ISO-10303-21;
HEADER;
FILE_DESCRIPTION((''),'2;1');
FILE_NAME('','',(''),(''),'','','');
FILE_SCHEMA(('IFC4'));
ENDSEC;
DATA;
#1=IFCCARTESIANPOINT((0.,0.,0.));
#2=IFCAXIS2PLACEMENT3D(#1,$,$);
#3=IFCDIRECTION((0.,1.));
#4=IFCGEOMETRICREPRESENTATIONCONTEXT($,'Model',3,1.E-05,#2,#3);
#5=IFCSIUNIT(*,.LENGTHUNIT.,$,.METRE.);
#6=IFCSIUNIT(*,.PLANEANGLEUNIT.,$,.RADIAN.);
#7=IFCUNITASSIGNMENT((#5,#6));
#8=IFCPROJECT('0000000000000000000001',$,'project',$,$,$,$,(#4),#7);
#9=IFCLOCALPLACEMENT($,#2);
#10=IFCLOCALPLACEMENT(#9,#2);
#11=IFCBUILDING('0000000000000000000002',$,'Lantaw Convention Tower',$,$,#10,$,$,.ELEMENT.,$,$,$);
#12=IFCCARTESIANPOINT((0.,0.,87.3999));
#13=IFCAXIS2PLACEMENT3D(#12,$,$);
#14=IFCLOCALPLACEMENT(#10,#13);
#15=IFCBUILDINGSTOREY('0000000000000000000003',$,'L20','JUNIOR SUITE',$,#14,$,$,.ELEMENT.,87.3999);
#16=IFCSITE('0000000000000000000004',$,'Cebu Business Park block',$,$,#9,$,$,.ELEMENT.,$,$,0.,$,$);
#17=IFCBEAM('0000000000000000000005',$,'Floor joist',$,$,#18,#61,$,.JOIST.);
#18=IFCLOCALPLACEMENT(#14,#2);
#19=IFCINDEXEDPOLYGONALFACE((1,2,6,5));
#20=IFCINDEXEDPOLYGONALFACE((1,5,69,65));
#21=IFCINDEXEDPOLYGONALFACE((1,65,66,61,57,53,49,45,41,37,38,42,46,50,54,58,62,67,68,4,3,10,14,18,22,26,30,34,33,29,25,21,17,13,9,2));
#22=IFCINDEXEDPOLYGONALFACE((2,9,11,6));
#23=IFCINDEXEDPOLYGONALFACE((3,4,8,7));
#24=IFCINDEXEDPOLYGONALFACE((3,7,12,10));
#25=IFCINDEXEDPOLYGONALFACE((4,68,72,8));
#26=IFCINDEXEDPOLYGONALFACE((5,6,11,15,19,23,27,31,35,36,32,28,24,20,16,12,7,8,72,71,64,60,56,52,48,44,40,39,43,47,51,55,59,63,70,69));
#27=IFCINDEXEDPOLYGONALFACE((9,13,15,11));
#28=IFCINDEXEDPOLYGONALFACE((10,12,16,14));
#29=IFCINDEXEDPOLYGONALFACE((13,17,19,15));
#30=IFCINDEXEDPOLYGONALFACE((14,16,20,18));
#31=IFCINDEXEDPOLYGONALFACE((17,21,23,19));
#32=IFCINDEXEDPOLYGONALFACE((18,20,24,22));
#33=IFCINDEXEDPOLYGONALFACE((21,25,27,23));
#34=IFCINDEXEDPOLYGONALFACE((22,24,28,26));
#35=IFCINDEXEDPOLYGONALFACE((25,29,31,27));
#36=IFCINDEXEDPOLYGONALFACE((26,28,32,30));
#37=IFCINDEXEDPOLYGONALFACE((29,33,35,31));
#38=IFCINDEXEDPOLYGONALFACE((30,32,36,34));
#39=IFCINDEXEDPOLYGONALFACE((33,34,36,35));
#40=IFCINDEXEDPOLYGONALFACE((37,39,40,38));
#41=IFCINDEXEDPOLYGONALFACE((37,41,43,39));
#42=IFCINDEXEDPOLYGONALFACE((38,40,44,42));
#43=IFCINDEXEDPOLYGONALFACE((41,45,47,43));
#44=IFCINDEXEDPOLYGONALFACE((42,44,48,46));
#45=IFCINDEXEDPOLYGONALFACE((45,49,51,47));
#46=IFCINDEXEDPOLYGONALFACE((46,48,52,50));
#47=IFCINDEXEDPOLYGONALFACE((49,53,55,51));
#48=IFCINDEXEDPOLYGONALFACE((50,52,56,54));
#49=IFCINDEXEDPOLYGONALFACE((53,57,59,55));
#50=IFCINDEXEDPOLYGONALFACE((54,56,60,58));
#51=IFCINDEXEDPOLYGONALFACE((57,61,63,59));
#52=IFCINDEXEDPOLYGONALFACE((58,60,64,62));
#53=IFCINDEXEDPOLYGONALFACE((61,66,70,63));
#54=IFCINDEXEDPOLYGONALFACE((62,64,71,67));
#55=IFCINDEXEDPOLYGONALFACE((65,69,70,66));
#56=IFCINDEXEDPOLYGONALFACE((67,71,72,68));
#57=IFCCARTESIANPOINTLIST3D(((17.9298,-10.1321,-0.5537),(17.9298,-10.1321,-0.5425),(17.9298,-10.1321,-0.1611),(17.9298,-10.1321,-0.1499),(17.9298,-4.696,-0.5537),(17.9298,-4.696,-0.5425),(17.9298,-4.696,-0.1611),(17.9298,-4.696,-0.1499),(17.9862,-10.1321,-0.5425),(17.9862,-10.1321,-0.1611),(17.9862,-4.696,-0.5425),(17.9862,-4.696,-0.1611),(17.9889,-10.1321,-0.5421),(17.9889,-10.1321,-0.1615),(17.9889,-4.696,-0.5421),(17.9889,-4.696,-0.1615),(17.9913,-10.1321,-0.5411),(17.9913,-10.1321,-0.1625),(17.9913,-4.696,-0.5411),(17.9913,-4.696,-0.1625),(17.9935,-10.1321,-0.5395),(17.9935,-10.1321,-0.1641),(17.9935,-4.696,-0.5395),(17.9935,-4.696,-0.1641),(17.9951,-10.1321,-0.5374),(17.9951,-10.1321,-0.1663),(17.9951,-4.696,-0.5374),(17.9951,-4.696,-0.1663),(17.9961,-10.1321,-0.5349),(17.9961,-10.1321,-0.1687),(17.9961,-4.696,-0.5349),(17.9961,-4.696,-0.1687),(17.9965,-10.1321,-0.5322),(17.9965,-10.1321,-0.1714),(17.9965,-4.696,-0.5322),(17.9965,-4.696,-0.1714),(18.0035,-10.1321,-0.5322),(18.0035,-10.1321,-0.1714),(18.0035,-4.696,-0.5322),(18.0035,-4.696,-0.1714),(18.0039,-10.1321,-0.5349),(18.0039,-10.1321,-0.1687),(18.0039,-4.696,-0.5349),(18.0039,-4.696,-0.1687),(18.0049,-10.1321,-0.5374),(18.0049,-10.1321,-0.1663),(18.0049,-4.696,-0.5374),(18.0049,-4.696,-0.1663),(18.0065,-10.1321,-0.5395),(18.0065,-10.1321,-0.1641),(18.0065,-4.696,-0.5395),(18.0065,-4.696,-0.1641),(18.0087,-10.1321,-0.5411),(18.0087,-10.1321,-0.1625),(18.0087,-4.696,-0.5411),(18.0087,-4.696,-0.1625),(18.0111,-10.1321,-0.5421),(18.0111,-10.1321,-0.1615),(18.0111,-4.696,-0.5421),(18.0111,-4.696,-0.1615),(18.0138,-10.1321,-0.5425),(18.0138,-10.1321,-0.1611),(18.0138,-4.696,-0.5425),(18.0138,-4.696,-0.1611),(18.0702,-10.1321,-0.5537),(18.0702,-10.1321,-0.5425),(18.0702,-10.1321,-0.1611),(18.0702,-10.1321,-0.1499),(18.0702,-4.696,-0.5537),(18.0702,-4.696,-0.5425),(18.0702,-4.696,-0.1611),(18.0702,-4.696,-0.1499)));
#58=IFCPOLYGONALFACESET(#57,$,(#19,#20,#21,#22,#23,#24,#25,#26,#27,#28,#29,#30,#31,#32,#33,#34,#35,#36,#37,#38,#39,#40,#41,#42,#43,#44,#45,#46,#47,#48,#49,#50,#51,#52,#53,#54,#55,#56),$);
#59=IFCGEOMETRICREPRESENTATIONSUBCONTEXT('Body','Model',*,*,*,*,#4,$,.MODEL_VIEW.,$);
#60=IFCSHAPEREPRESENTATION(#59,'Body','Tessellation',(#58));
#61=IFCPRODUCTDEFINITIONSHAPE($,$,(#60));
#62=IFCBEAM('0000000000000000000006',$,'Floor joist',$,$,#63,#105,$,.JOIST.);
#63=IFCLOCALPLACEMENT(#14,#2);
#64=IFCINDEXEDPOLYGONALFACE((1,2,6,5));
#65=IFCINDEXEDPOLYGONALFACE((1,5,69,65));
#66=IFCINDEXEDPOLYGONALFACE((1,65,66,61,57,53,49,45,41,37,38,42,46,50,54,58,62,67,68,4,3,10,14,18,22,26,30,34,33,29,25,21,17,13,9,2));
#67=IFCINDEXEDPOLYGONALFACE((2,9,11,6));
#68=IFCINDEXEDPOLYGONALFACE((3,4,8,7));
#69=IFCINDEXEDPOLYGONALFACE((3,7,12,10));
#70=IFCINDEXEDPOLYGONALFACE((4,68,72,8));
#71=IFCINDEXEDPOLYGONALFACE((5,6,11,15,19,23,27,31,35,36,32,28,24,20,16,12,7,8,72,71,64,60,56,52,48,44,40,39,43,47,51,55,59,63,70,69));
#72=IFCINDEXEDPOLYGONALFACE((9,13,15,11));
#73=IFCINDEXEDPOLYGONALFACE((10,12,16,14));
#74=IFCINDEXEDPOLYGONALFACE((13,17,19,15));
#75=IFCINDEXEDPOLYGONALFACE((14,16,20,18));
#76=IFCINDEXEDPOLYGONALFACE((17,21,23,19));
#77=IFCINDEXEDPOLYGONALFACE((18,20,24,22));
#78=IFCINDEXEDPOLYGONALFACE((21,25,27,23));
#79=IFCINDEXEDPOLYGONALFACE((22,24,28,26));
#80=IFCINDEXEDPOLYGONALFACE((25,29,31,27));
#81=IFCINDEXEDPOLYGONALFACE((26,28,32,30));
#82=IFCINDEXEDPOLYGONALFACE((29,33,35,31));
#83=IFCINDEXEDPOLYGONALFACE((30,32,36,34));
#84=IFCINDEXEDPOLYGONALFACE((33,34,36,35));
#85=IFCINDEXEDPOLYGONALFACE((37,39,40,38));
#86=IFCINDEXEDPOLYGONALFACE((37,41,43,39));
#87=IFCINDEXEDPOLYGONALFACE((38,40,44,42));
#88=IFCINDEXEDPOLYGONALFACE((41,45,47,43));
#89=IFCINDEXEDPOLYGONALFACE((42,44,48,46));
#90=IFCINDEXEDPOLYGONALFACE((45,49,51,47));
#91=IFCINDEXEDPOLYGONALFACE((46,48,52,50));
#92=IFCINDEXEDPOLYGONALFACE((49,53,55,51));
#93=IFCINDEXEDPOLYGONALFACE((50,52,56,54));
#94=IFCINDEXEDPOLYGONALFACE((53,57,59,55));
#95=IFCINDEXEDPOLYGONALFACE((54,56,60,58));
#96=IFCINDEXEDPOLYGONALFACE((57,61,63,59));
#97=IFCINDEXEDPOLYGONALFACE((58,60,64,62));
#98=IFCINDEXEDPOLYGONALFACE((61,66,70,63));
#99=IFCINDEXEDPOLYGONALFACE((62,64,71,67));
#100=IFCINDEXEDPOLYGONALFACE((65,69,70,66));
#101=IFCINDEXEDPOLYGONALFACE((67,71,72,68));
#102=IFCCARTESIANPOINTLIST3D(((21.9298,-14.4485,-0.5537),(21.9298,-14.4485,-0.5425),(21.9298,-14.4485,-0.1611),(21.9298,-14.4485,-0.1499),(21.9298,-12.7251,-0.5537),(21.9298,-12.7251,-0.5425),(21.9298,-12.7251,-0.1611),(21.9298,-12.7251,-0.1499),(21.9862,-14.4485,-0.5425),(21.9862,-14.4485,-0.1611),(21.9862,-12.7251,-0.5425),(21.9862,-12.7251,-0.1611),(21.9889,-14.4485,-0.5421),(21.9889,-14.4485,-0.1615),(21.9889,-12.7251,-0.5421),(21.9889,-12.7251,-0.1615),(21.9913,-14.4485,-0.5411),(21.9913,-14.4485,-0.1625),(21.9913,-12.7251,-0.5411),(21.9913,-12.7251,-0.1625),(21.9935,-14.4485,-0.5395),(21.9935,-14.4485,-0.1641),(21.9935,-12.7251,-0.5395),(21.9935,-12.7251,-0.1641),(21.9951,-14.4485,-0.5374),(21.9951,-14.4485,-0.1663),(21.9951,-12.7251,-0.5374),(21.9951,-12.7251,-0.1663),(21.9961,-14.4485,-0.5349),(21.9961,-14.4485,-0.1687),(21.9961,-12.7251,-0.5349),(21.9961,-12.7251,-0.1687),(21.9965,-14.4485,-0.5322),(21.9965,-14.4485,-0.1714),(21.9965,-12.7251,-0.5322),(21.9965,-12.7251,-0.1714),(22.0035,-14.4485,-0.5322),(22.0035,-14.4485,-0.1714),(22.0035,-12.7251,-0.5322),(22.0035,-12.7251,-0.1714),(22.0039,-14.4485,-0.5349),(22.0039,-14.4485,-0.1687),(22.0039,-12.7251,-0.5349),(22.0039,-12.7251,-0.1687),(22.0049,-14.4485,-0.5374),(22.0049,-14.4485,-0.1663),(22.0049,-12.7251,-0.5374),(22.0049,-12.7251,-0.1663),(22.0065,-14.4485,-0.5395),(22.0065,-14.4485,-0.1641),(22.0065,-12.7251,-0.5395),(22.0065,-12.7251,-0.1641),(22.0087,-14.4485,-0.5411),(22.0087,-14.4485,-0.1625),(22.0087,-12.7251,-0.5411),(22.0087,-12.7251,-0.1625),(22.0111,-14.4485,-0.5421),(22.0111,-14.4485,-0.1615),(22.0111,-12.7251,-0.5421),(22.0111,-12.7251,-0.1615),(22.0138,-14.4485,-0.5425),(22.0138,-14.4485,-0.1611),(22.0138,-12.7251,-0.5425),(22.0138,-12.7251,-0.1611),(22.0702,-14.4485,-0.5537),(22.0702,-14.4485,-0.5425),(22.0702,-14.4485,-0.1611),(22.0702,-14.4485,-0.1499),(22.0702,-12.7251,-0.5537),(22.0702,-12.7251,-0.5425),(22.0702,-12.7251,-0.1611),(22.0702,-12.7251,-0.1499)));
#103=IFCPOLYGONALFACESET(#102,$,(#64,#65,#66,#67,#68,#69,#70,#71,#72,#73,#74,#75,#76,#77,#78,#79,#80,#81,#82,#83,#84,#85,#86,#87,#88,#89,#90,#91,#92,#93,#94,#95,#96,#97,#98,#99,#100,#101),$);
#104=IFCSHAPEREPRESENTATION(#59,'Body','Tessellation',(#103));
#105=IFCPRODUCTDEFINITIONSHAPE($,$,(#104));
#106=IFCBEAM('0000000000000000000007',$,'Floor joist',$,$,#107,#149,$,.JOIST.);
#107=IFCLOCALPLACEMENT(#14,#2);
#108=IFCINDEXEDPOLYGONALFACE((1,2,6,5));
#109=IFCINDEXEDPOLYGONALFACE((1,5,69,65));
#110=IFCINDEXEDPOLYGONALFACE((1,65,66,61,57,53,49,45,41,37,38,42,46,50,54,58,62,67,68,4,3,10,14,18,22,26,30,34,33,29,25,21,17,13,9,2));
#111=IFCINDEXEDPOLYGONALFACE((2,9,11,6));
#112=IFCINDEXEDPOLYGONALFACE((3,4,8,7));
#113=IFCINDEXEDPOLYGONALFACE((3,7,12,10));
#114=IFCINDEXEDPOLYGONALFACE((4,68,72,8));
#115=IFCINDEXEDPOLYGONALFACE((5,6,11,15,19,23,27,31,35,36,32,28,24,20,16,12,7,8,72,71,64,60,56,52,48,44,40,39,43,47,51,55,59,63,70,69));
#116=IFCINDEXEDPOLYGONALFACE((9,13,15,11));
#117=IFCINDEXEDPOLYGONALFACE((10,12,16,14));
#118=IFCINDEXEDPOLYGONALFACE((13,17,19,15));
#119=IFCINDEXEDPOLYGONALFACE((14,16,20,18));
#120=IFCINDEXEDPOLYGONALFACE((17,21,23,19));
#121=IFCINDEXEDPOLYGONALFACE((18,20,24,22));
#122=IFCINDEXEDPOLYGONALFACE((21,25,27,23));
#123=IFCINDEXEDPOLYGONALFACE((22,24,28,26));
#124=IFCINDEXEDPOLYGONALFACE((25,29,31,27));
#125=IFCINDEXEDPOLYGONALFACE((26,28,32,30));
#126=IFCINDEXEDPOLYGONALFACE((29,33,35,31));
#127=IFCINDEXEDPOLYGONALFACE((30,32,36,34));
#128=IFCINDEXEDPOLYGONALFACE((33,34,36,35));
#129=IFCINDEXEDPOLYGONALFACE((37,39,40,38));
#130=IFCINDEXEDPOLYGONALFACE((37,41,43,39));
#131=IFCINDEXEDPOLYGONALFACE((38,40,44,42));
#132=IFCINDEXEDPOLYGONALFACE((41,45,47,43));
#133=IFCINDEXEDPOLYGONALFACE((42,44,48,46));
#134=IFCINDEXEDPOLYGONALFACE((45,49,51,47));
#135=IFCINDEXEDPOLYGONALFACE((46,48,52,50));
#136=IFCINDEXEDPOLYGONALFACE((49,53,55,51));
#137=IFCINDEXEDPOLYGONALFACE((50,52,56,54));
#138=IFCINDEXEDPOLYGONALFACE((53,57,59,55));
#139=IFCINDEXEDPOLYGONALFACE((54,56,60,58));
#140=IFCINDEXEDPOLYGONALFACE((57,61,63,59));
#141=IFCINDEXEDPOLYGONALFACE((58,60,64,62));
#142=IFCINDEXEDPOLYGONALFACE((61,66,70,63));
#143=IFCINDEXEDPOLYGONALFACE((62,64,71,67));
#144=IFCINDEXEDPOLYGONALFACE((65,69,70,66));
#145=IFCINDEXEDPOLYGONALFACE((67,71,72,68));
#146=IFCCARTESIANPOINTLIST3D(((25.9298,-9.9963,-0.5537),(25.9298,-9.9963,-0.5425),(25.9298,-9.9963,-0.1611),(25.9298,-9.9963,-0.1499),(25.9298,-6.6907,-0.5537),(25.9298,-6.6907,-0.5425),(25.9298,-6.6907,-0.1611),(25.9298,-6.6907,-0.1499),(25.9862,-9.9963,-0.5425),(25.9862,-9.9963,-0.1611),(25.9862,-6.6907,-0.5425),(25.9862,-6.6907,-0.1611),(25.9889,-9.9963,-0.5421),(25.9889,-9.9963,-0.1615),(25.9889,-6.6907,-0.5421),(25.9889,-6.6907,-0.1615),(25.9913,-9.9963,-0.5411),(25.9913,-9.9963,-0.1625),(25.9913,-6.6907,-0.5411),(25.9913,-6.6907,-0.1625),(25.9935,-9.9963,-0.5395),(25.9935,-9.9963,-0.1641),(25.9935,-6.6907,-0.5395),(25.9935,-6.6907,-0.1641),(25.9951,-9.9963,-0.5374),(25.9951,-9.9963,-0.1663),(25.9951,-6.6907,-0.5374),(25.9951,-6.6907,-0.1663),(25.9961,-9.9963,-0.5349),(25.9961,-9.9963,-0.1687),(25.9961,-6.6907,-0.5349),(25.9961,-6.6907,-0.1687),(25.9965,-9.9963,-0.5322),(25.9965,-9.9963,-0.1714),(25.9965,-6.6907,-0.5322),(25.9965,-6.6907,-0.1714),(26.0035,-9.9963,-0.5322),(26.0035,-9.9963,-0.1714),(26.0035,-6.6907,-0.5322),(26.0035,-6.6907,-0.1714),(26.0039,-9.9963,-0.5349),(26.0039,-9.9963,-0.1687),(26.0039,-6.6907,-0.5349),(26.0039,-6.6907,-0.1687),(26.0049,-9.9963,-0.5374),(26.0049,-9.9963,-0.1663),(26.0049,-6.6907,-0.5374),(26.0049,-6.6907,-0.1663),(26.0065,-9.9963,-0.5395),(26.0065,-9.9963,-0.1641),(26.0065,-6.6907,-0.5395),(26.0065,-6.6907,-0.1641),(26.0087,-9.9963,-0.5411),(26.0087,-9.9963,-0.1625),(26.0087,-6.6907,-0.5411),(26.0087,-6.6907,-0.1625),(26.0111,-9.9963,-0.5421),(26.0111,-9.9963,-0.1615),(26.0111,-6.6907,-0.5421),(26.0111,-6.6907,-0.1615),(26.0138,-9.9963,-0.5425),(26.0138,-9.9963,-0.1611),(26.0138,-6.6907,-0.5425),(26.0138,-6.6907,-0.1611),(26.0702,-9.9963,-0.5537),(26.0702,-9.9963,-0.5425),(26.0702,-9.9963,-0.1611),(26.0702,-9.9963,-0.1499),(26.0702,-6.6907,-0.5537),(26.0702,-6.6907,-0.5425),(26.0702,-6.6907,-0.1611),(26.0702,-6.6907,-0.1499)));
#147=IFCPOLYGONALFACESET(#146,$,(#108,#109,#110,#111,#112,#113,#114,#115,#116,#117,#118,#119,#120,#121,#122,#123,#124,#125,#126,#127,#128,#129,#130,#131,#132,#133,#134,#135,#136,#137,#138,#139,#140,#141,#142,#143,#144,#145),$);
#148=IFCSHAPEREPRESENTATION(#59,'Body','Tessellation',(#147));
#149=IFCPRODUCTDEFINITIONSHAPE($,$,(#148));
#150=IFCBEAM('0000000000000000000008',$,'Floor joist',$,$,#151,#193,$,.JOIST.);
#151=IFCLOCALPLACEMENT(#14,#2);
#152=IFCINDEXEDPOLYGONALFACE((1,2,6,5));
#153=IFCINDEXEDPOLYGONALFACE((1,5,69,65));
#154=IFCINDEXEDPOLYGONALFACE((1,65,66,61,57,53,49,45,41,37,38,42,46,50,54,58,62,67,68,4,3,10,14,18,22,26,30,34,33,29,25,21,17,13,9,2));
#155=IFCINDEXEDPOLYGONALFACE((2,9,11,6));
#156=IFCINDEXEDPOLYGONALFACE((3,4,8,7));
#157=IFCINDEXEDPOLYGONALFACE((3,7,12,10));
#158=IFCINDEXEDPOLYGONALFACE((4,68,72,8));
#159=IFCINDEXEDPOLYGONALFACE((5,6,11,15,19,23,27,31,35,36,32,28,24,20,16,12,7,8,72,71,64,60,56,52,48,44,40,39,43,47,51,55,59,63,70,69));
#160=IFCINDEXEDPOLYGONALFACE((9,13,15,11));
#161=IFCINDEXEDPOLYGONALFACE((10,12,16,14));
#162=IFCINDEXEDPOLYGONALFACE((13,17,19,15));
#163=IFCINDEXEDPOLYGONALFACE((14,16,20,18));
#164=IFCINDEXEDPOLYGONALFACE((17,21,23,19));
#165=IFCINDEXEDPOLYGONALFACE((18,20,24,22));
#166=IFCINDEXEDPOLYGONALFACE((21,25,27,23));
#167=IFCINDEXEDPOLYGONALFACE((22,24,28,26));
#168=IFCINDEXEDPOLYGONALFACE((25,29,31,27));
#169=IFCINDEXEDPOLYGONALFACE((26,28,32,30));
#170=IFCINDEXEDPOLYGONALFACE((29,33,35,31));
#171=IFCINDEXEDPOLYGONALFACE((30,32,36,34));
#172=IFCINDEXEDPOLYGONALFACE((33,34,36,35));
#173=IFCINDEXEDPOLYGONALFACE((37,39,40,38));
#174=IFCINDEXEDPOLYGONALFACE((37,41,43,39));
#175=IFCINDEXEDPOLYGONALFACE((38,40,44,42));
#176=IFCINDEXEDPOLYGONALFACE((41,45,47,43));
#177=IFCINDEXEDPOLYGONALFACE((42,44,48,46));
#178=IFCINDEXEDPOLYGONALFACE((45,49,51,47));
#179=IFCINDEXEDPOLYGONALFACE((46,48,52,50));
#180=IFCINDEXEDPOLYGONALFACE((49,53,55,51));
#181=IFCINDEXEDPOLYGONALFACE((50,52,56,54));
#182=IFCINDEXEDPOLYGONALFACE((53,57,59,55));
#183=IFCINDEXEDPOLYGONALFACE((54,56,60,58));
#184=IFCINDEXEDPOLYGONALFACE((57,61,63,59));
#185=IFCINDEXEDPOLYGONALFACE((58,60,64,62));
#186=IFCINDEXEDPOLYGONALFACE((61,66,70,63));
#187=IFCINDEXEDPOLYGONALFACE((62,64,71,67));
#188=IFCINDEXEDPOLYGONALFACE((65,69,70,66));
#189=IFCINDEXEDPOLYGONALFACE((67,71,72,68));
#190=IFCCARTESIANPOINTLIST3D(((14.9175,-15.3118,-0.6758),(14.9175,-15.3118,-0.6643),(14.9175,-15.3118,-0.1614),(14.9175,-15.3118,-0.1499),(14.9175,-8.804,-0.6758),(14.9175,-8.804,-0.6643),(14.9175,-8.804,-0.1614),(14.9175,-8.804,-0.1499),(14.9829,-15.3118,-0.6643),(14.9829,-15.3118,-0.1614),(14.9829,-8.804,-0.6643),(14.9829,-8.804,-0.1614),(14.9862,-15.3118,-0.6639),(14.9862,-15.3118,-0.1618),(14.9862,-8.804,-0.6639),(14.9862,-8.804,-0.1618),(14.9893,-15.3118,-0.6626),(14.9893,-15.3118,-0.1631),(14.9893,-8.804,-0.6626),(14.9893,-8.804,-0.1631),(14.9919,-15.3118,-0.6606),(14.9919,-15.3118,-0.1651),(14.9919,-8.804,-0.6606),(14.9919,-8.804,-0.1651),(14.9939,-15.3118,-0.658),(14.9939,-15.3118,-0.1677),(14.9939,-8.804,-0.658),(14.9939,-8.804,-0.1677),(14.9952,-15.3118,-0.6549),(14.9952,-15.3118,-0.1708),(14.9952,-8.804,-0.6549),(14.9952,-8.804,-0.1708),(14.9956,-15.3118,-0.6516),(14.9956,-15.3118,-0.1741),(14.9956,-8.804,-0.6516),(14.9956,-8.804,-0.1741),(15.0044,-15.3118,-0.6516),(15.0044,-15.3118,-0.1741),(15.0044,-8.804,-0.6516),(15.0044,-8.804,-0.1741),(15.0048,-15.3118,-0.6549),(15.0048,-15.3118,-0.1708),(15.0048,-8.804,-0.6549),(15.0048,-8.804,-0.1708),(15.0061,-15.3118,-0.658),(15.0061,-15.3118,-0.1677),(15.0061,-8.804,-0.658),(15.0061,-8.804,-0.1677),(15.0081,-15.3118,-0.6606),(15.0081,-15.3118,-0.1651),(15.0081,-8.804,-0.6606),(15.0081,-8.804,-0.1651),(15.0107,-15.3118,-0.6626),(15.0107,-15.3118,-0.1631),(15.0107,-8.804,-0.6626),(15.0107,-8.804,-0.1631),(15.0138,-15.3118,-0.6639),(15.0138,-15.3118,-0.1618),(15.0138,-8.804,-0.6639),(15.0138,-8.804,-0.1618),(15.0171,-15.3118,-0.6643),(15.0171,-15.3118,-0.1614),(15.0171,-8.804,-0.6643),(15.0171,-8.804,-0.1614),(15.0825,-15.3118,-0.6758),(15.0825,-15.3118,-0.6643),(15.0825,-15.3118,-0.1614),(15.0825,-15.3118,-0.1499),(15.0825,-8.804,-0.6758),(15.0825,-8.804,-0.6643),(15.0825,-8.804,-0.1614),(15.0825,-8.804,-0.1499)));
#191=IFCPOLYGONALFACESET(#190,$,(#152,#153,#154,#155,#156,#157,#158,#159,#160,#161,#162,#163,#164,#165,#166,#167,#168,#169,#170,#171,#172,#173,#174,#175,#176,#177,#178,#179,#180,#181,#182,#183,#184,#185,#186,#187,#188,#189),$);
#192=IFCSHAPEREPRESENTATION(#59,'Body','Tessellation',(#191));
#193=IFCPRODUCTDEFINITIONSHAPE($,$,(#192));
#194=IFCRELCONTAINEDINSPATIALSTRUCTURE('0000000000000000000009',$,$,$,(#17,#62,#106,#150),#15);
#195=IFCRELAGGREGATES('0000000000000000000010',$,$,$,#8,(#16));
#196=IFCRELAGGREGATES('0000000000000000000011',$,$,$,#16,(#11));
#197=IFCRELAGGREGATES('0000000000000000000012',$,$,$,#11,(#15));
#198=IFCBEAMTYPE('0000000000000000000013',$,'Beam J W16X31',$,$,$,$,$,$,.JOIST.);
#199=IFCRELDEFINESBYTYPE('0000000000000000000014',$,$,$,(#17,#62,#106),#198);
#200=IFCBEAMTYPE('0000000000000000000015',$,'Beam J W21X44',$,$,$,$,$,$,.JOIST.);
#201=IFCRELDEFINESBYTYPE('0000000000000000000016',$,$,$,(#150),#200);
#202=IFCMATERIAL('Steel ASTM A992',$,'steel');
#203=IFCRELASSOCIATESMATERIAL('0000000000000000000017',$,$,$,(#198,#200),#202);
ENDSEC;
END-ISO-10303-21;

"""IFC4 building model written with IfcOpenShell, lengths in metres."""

from ifc_helpers import new_model, si_unit, direction, frame, origin, origin_2d, place, context, subcontext, project, spatial, i_section, extrude, material, material_profile, profile_set, type_object, element, save


model = new_model("IFC4")

# Units and contexts
model_context = context("Model", 3, precision=1e-05, world=origin(), true_north=direction((0.0, 1.0)))
body_context = subcontext(model_context, "Body", "Model", "MODEL_VIEW")
ifc_project = project(units=[si_unit("LENGTHUNIT", "METRE"), si_unit("PLANEANGLEUNIT", "RADIAN")], contexts=[model_context])

# Site, building, storey
site_placement = place(None, origin())
site = spatial("IfcSite", under=ifc_project, at=site_placement, Name="Cebu Business Park block", CompositionType="ELEMENT", RefElevation=0.0)
building_placement = place(site_placement, origin())
building = spatial("IfcBuilding", under=site, at=building_placement, Name="Lantaw Convention Tower", CompositionType="ELEMENT")
storey_placement = place(building_placement, frame((0.0, 0.0, 87.3999)))
storey = spatial("IfcBuildingStorey", under=building, at=storey_placement, Name="L20", Description="JUNIOR SUITE", CompositionType="ELEMENT", Elevation=87.3999)

# Beams
ifc_material_1 = material(Name="Steel ASTM A992", Category="steel")
ifc_material_profile_1 = material_profile(ifc_material_1, i_section(OverallWidth=0.1404, OverallDepth=0.4038, WebThickness=0.0071, FlangeThickness=0.0112, FilletRadius=0.0103, at=origin_2d()), Name="W16X31")
ifc_profile_set_1 = profile_set([ifc_material_profile_1], Name="Steel ASTM A992")
beam_type_1 = type_object("IfcBeamType", Name="Beam J W16X31", PredefinedType="JOIST", material=ifc_profile_set_1)
beam_1_placement = place(storey_placement, frame((18.0, -10.1321, -0.3518), z_axis=(0.0, 1.0, 0.0), x_axis=(-1.0, 0.0, 0.0)))
element("IfcBeam", 1, at=beam_1_placement, inside=storey, type_object=beam_type_1, Name="Floor joist", PredefinedType="JOIST", context=body_context, shape_type="SweptSolid", body=[
    extrude(i_section(OverallWidth=0.1404, OverallDepth=0.4038, WebThickness=0.0071, FlangeThickness=0.0112, FilletRadius=0.0103, at=origin_2d()), origin(), (0.0, 0.0, 1.0), 5.436),
])
beam_2_placement = place(storey_placement, frame((22.0, -14.4485, -0.3518), z_axis=(0.0, 1.0, 0.0), x_axis=(-1.0, 0.0, 0.0)))
element("IfcBeam", 2, at=beam_2_placement, inside=storey, type_object=beam_type_1, Name="Floor joist", PredefinedType="JOIST", context=body_context, shape_type="SweptSolid", body=[
    extrude(i_section(OverallWidth=0.1404, OverallDepth=0.4038, WebThickness=0.0071, FlangeThickness=0.0112, FilletRadius=0.0103, at=origin_2d()), origin(), (0.0, 0.0, 1.0), 1.7234),
])
beam_3_placement = place(storey_placement, frame((26.0, -9.9963, -0.3518), z_axis=(0.0, 1.0, 0.0), x_axis=(-1.0, 0.0, 0.0)))
element("IfcBeam", 3, at=beam_3_placement, inside=storey, type_object=beam_type_1, Name="Floor joist", PredefinedType="JOIST", context=body_context, shape_type="SweptSolid", body=[
    extrude(i_section(OverallWidth=0.1404, OverallDepth=0.4038, WebThickness=0.0071, FlangeThickness=0.0112, FilletRadius=0.0103, at=origin_2d()), origin(), (0.0, 0.0, 1.0), 3.3057),
])
ifc_material_profile_2 = material_profile(ifc_material_1, i_section(OverallWidth=0.165, OverallDepth=0.5259, WebThickness=0.0088, FlangeThickness=0.0115, FilletRadius=0.0127, at=origin_2d()), Name="W21X44")
ifc_profile_set_2 = profile_set([ifc_material_profile_2], Name="Steel ASTM A992")
beam_type_2 = type_object("IfcBeamType", Name="Beam J W21X44", PredefinedType="JOIST", material=ifc_profile_set_2)
beam_4_placement = place(storey_placement, frame((15.0, -15.3118, -0.4128), z_axis=(0.0, 1.0, 0.0), x_axis=(-1.0, 0.0, 0.0)))
element("IfcBeam", 4, at=beam_4_placement, inside=storey, type_object=beam_type_2, Name="Floor joist", PredefinedType="JOIST", context=body_context, shape_type="SweptSolid", body=[
    extrude(i_section(OverallWidth=0.165, OverallDepth=0.5259, WebThickness=0.0088, FlangeThickness=0.0115, FilletRadius=0.0127, at=origin_2d()), origin(), (0.0, 0.0, 1.0), 6.5078),
])

save(model, "model.ifc")
